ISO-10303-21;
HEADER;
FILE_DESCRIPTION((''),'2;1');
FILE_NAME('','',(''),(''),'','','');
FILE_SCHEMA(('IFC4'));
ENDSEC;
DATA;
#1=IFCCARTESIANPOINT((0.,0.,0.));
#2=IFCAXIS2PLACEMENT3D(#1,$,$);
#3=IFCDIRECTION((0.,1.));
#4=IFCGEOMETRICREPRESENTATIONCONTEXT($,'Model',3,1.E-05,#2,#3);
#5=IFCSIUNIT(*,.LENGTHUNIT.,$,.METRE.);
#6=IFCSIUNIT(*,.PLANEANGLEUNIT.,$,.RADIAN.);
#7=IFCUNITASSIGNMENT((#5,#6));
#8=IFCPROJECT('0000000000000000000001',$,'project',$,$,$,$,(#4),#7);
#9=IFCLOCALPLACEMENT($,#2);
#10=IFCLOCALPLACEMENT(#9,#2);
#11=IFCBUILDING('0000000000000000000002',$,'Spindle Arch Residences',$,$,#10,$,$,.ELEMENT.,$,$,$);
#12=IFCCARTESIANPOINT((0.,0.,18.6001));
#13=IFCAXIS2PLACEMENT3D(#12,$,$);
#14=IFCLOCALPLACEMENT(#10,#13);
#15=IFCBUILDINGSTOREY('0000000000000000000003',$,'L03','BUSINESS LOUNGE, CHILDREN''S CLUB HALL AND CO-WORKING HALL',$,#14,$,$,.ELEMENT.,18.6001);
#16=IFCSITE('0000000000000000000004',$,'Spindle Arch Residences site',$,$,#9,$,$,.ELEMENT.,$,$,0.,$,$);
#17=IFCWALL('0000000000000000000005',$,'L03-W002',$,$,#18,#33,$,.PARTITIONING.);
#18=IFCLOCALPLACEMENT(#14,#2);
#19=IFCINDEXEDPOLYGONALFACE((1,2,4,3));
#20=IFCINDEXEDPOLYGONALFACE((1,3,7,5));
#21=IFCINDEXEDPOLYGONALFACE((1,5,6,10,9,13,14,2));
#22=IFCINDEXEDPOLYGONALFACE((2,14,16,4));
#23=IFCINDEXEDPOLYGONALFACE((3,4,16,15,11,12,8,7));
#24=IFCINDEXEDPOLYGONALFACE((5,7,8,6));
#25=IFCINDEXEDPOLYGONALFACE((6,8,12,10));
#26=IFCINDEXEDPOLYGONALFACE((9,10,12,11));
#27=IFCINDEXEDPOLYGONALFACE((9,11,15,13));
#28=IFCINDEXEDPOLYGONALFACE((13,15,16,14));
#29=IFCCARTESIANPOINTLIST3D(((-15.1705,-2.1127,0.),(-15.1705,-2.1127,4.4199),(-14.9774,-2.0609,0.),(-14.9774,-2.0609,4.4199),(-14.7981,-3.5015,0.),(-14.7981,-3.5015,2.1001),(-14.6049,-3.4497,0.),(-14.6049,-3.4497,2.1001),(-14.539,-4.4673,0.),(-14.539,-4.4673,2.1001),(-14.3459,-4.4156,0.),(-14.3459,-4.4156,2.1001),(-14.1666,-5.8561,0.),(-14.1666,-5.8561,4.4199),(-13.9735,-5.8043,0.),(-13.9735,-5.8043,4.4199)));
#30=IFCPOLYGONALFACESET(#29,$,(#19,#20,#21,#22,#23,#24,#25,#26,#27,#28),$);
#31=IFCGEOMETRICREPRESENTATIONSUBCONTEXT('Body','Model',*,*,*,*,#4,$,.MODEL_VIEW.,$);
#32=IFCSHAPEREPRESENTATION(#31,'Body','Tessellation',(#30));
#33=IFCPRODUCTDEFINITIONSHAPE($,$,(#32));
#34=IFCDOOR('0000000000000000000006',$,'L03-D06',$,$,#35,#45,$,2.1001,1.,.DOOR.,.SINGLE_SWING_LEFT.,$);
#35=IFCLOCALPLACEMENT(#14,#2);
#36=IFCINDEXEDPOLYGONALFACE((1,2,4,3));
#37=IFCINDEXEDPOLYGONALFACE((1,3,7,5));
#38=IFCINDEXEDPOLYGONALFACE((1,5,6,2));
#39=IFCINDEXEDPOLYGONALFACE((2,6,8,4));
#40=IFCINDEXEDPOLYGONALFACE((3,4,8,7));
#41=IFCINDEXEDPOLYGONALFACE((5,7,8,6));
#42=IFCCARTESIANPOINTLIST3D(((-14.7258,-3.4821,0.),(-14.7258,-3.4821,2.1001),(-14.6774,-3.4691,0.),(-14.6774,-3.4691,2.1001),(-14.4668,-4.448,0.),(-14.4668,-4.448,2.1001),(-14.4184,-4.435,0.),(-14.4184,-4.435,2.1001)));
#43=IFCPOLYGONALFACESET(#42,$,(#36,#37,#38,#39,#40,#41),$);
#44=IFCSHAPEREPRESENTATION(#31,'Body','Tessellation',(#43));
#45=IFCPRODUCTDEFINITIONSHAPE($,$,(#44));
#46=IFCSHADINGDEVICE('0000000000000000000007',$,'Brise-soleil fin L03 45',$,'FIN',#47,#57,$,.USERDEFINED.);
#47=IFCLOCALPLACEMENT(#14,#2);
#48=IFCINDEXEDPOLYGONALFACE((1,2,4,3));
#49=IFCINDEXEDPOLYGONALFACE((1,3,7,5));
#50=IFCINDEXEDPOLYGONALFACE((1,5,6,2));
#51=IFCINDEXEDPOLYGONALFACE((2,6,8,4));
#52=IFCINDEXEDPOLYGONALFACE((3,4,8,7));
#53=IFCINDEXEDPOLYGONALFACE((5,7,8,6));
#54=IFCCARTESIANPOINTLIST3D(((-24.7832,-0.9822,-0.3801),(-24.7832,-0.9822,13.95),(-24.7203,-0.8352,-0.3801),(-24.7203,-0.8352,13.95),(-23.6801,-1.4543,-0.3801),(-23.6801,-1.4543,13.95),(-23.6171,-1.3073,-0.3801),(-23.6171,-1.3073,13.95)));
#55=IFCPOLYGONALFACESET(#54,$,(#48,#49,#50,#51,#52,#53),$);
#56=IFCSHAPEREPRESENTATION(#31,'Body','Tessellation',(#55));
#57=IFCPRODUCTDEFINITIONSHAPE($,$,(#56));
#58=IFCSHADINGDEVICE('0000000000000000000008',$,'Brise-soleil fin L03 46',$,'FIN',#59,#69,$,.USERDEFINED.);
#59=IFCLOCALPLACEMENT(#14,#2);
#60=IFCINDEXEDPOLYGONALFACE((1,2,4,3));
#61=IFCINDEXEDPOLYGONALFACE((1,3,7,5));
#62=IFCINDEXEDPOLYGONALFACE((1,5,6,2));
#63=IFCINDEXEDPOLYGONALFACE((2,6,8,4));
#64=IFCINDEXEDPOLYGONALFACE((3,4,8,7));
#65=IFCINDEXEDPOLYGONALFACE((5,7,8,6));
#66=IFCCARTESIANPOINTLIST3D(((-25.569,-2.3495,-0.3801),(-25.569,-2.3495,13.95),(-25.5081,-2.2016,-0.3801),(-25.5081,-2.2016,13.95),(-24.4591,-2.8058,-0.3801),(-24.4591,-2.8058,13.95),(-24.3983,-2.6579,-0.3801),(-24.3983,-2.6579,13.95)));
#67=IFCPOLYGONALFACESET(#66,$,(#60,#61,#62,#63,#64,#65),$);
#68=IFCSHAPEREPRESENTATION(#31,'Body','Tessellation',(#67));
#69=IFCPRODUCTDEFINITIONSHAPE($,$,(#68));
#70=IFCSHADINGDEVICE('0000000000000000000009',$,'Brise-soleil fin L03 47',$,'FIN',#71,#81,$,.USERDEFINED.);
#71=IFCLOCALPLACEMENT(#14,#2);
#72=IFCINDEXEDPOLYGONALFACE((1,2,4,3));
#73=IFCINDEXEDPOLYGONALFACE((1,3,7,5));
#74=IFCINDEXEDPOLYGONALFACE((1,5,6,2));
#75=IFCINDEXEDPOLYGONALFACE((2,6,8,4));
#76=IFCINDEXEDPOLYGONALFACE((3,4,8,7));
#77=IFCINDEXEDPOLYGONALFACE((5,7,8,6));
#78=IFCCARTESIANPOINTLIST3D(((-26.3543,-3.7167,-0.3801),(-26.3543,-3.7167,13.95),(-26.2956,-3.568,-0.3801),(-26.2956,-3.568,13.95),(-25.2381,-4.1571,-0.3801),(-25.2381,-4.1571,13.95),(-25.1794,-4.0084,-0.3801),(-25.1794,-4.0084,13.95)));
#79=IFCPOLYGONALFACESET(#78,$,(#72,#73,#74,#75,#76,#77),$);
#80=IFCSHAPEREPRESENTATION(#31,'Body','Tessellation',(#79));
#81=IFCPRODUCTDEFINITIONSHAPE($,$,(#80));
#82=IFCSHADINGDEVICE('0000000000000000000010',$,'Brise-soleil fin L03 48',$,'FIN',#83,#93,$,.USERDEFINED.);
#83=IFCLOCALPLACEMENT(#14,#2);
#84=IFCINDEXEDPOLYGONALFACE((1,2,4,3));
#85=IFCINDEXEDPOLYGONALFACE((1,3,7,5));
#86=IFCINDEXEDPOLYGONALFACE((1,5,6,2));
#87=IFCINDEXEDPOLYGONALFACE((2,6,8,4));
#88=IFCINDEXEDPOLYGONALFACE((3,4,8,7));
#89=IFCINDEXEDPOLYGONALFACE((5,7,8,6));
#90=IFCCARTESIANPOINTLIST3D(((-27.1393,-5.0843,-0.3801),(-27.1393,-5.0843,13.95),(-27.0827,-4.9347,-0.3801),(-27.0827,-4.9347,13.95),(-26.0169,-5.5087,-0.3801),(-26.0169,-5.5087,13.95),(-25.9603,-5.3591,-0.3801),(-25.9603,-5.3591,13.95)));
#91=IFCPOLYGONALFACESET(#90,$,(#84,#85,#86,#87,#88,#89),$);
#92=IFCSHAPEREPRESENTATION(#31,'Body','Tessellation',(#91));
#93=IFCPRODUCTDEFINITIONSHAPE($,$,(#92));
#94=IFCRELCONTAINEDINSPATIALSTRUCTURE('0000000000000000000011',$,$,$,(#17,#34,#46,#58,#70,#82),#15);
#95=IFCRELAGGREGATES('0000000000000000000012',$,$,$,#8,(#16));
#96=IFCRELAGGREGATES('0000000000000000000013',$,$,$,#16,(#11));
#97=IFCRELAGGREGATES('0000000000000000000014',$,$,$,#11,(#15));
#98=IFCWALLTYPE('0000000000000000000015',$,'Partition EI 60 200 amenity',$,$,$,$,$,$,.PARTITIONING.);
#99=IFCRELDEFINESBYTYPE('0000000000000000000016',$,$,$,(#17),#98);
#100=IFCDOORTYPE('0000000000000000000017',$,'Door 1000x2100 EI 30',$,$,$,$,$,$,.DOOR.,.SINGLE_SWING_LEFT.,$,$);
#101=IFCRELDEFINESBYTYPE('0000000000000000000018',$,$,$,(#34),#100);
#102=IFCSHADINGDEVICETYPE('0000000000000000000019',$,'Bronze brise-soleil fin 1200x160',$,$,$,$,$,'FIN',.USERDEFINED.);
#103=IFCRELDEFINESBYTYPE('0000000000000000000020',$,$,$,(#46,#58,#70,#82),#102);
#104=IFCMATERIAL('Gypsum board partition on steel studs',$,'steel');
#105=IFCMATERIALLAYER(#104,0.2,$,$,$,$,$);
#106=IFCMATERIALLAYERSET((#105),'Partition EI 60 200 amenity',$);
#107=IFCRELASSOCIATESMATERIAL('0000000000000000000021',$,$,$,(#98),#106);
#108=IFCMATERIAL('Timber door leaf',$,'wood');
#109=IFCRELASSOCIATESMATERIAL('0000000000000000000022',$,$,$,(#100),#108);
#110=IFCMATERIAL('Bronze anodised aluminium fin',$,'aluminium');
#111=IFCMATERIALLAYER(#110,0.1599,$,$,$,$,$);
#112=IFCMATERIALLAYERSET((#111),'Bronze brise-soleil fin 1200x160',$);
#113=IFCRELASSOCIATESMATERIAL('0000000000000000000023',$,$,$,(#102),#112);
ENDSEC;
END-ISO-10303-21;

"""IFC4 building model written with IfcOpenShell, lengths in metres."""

from ifc_helpers import new_model, si_unit, direction, frame, frame_2d, origin, origin_2d, place, context, subcontext, project, spatial, rectangle, extrude, material, layer, layer_set, type_object, element, fill, save


model = new_model("IFC4")

# Units and contexts
model_context = context("Model", 3, precision=1e-05, world=origin(), true_north=direction((0.0, 1.0)))
body_context = subcontext(model_context, "Body", "Model", "MODEL_VIEW")
ifc_project = project(units=[si_unit("LENGTHUNIT", "METRE"), si_unit("PLANEANGLEUNIT", "RADIAN")], contexts=[model_context])

# Site, building, storey
site_placement = place(None, origin())
site = spatial("IfcSite", under=ifc_project, at=site_placement, Name="Spindle Arch Residences site", CompositionType="ELEMENT", RefElevation=0.0)
building_placement = place(site_placement, origin())
building = spatial("IfcBuilding", under=site, at=building_placement, Name="Spindle Arch Residences", CompositionType="ELEMENT")
storey_placement = place(building_placement, frame((0.0, 0.0, 18.6001)))
storey = spatial("IfcBuildingStorey", under=building, at=storey_placement, Name="L03", Description="BUSINESS LOUNGE, CHILDREN'S CLUB HALL AND CO-WORKING HALL", CompositionType="ELEMENT", Elevation=18.6001)

# Shared definitions
ifc_material_1 = material(Name="Gypsum board partition on steel studs", Category="steel")
ifc_layer_1 = layer(ifc_material_1, 0.2)
ifc_layer_set_1 = layer_set([ifc_layer_1], Name="Partition EI 60 200 amenity")
wall_type = type_object("IfcWallType", Name="Partition EI 60 200 amenity", PredefinedType="PARTITIONING", material=ifc_layer_set_1)

# Wall, opening, door
wall_1_placement = place(storey_placement, frame((-15.074, -2.0867, 0.0), z_axis=(0.0, 0.0, 1.0), x_axis=(0.259027, -0.96587, 0.0)))
wall_1 = element("IfcWall", 1, at=wall_1_placement, inside=storey, type_object=wall_type, Name="L03-W002", PredefinedType="PARTITIONING", context=body_context, shape_type="SweptSolid", body=[
    extrude(rectangle(XDim=3.8757, YDim=0.2, at=frame_2d((1.938, 0.0))), origin(), (0.0, 0.0, 1.0), 4.4199),
])
opening_placement = place(wall_1_placement, frame((1.438, 0.0, 0.0)))
opening = element("IfcOpeningElement", 2, at=opening_placement, cuts=wall_1, PredefinedType="OPENING", context=body_context, shape_type="SweptSolid", body=[
    extrude(rectangle(XDim=1.0, YDim=2.1001, at=frame_2d((0.5, 1.05))), frame((0.0, 0.1099, 0.0), z_axis=(0.0, -1.0, 0.0), x_axis=(1.0, 0.0, 0.0)), (0.0, 0.0, 1.0), 0.22),
])
ifc_material_2 = material(Name="Timber door leaf", Category="wood")
door_type = type_object("IfcDoorType", Name="Door 1000x2100 EI 30", OperationType="SINGLE_SWING_LEFT", PredefinedType="DOOR", material=ifc_material_2)
door_placement = place(opening_placement, origin())
door = element("IfcDoor", 3, at=door_placement, inside=storey, type_object=door_type, Name="L03-D06", OperationType="SINGLE_SWING_LEFT", OverallHeight=2.1001, OverallWidth=1.0, PredefinedType="DOOR", context=body_context, shape_type="SweptSolid", body=[
    extrude(rectangle(XDim=1.0, YDim=2.1001, at=frame_2d((0.5, 1.05))), frame((0.0, 0.0249, 0.0), z_axis=(0.0, -1.0, 0.0), x_axis=(1.0, 0.0, 0.0)), (0.0, 0.0, 1.0), 0.05),
])
fill(opening, door)

# Shading devices
ifc_material_3 = material(Name="Bronze anodised aluminium fin", Category="aluminium")
ifc_layer_2 = layer(ifc_material_3, 0.1599)
ifc_layer_set_2 = layer_set([ifc_layer_2], Name="Bronze brise-soleil fin 1200x160")
shading_device_type = type_object("IfcShadingDeviceType", Name="Bronze brise-soleil fin 1200x160", ElementType="FIN", PredefinedType="USERDEFINED", material=ifc_layer_set_2)
for number, where, z_axis, x_axis, name in (
    (4, (-24.2002, -1.1448, -0.3801), (0.0, 0.0, 1.0), (-0.919354, 0.393432, 0.0), "Brise-soleil fin L03 45"),
    (5, (-24.9836, -2.5037, -0.3801), (0.0, 0.0, 1.0), (-0.92488, 0.380258, 0.0), "Brise-soleil fin L03 46"),
    (6, (-25.7668, -3.8625, -0.3801), (0.0, 0.0, 1.0), (-0.930218, 0.367007, 0.0), "Brise-soleil fin L03 47"),
    (7, (-26.5498, -5.2217, -0.3801), (0.0, 0.0, 1.0), (-0.935366, 0.35368, 0.0), "Brise-soleil fin L03 48"),
):
    element("IfcShadingDevice", number, at=place(storey_placement, frame(where, z_axis=z_axis, x_axis=x_axis)), inside=storey, type_object=shading_device_type, Name=name, ObjectType="FIN", PredefinedType="USERDEFINED", context=body_context, shape_type="SweptSolid", body=[
        extrude(rectangle(XDim=1.2, YDim=0.1599, at=origin_2d()), origin(), (0.0, 0.0, 1.0), 14.3301),
    ])

save(model, "model.ifc")
